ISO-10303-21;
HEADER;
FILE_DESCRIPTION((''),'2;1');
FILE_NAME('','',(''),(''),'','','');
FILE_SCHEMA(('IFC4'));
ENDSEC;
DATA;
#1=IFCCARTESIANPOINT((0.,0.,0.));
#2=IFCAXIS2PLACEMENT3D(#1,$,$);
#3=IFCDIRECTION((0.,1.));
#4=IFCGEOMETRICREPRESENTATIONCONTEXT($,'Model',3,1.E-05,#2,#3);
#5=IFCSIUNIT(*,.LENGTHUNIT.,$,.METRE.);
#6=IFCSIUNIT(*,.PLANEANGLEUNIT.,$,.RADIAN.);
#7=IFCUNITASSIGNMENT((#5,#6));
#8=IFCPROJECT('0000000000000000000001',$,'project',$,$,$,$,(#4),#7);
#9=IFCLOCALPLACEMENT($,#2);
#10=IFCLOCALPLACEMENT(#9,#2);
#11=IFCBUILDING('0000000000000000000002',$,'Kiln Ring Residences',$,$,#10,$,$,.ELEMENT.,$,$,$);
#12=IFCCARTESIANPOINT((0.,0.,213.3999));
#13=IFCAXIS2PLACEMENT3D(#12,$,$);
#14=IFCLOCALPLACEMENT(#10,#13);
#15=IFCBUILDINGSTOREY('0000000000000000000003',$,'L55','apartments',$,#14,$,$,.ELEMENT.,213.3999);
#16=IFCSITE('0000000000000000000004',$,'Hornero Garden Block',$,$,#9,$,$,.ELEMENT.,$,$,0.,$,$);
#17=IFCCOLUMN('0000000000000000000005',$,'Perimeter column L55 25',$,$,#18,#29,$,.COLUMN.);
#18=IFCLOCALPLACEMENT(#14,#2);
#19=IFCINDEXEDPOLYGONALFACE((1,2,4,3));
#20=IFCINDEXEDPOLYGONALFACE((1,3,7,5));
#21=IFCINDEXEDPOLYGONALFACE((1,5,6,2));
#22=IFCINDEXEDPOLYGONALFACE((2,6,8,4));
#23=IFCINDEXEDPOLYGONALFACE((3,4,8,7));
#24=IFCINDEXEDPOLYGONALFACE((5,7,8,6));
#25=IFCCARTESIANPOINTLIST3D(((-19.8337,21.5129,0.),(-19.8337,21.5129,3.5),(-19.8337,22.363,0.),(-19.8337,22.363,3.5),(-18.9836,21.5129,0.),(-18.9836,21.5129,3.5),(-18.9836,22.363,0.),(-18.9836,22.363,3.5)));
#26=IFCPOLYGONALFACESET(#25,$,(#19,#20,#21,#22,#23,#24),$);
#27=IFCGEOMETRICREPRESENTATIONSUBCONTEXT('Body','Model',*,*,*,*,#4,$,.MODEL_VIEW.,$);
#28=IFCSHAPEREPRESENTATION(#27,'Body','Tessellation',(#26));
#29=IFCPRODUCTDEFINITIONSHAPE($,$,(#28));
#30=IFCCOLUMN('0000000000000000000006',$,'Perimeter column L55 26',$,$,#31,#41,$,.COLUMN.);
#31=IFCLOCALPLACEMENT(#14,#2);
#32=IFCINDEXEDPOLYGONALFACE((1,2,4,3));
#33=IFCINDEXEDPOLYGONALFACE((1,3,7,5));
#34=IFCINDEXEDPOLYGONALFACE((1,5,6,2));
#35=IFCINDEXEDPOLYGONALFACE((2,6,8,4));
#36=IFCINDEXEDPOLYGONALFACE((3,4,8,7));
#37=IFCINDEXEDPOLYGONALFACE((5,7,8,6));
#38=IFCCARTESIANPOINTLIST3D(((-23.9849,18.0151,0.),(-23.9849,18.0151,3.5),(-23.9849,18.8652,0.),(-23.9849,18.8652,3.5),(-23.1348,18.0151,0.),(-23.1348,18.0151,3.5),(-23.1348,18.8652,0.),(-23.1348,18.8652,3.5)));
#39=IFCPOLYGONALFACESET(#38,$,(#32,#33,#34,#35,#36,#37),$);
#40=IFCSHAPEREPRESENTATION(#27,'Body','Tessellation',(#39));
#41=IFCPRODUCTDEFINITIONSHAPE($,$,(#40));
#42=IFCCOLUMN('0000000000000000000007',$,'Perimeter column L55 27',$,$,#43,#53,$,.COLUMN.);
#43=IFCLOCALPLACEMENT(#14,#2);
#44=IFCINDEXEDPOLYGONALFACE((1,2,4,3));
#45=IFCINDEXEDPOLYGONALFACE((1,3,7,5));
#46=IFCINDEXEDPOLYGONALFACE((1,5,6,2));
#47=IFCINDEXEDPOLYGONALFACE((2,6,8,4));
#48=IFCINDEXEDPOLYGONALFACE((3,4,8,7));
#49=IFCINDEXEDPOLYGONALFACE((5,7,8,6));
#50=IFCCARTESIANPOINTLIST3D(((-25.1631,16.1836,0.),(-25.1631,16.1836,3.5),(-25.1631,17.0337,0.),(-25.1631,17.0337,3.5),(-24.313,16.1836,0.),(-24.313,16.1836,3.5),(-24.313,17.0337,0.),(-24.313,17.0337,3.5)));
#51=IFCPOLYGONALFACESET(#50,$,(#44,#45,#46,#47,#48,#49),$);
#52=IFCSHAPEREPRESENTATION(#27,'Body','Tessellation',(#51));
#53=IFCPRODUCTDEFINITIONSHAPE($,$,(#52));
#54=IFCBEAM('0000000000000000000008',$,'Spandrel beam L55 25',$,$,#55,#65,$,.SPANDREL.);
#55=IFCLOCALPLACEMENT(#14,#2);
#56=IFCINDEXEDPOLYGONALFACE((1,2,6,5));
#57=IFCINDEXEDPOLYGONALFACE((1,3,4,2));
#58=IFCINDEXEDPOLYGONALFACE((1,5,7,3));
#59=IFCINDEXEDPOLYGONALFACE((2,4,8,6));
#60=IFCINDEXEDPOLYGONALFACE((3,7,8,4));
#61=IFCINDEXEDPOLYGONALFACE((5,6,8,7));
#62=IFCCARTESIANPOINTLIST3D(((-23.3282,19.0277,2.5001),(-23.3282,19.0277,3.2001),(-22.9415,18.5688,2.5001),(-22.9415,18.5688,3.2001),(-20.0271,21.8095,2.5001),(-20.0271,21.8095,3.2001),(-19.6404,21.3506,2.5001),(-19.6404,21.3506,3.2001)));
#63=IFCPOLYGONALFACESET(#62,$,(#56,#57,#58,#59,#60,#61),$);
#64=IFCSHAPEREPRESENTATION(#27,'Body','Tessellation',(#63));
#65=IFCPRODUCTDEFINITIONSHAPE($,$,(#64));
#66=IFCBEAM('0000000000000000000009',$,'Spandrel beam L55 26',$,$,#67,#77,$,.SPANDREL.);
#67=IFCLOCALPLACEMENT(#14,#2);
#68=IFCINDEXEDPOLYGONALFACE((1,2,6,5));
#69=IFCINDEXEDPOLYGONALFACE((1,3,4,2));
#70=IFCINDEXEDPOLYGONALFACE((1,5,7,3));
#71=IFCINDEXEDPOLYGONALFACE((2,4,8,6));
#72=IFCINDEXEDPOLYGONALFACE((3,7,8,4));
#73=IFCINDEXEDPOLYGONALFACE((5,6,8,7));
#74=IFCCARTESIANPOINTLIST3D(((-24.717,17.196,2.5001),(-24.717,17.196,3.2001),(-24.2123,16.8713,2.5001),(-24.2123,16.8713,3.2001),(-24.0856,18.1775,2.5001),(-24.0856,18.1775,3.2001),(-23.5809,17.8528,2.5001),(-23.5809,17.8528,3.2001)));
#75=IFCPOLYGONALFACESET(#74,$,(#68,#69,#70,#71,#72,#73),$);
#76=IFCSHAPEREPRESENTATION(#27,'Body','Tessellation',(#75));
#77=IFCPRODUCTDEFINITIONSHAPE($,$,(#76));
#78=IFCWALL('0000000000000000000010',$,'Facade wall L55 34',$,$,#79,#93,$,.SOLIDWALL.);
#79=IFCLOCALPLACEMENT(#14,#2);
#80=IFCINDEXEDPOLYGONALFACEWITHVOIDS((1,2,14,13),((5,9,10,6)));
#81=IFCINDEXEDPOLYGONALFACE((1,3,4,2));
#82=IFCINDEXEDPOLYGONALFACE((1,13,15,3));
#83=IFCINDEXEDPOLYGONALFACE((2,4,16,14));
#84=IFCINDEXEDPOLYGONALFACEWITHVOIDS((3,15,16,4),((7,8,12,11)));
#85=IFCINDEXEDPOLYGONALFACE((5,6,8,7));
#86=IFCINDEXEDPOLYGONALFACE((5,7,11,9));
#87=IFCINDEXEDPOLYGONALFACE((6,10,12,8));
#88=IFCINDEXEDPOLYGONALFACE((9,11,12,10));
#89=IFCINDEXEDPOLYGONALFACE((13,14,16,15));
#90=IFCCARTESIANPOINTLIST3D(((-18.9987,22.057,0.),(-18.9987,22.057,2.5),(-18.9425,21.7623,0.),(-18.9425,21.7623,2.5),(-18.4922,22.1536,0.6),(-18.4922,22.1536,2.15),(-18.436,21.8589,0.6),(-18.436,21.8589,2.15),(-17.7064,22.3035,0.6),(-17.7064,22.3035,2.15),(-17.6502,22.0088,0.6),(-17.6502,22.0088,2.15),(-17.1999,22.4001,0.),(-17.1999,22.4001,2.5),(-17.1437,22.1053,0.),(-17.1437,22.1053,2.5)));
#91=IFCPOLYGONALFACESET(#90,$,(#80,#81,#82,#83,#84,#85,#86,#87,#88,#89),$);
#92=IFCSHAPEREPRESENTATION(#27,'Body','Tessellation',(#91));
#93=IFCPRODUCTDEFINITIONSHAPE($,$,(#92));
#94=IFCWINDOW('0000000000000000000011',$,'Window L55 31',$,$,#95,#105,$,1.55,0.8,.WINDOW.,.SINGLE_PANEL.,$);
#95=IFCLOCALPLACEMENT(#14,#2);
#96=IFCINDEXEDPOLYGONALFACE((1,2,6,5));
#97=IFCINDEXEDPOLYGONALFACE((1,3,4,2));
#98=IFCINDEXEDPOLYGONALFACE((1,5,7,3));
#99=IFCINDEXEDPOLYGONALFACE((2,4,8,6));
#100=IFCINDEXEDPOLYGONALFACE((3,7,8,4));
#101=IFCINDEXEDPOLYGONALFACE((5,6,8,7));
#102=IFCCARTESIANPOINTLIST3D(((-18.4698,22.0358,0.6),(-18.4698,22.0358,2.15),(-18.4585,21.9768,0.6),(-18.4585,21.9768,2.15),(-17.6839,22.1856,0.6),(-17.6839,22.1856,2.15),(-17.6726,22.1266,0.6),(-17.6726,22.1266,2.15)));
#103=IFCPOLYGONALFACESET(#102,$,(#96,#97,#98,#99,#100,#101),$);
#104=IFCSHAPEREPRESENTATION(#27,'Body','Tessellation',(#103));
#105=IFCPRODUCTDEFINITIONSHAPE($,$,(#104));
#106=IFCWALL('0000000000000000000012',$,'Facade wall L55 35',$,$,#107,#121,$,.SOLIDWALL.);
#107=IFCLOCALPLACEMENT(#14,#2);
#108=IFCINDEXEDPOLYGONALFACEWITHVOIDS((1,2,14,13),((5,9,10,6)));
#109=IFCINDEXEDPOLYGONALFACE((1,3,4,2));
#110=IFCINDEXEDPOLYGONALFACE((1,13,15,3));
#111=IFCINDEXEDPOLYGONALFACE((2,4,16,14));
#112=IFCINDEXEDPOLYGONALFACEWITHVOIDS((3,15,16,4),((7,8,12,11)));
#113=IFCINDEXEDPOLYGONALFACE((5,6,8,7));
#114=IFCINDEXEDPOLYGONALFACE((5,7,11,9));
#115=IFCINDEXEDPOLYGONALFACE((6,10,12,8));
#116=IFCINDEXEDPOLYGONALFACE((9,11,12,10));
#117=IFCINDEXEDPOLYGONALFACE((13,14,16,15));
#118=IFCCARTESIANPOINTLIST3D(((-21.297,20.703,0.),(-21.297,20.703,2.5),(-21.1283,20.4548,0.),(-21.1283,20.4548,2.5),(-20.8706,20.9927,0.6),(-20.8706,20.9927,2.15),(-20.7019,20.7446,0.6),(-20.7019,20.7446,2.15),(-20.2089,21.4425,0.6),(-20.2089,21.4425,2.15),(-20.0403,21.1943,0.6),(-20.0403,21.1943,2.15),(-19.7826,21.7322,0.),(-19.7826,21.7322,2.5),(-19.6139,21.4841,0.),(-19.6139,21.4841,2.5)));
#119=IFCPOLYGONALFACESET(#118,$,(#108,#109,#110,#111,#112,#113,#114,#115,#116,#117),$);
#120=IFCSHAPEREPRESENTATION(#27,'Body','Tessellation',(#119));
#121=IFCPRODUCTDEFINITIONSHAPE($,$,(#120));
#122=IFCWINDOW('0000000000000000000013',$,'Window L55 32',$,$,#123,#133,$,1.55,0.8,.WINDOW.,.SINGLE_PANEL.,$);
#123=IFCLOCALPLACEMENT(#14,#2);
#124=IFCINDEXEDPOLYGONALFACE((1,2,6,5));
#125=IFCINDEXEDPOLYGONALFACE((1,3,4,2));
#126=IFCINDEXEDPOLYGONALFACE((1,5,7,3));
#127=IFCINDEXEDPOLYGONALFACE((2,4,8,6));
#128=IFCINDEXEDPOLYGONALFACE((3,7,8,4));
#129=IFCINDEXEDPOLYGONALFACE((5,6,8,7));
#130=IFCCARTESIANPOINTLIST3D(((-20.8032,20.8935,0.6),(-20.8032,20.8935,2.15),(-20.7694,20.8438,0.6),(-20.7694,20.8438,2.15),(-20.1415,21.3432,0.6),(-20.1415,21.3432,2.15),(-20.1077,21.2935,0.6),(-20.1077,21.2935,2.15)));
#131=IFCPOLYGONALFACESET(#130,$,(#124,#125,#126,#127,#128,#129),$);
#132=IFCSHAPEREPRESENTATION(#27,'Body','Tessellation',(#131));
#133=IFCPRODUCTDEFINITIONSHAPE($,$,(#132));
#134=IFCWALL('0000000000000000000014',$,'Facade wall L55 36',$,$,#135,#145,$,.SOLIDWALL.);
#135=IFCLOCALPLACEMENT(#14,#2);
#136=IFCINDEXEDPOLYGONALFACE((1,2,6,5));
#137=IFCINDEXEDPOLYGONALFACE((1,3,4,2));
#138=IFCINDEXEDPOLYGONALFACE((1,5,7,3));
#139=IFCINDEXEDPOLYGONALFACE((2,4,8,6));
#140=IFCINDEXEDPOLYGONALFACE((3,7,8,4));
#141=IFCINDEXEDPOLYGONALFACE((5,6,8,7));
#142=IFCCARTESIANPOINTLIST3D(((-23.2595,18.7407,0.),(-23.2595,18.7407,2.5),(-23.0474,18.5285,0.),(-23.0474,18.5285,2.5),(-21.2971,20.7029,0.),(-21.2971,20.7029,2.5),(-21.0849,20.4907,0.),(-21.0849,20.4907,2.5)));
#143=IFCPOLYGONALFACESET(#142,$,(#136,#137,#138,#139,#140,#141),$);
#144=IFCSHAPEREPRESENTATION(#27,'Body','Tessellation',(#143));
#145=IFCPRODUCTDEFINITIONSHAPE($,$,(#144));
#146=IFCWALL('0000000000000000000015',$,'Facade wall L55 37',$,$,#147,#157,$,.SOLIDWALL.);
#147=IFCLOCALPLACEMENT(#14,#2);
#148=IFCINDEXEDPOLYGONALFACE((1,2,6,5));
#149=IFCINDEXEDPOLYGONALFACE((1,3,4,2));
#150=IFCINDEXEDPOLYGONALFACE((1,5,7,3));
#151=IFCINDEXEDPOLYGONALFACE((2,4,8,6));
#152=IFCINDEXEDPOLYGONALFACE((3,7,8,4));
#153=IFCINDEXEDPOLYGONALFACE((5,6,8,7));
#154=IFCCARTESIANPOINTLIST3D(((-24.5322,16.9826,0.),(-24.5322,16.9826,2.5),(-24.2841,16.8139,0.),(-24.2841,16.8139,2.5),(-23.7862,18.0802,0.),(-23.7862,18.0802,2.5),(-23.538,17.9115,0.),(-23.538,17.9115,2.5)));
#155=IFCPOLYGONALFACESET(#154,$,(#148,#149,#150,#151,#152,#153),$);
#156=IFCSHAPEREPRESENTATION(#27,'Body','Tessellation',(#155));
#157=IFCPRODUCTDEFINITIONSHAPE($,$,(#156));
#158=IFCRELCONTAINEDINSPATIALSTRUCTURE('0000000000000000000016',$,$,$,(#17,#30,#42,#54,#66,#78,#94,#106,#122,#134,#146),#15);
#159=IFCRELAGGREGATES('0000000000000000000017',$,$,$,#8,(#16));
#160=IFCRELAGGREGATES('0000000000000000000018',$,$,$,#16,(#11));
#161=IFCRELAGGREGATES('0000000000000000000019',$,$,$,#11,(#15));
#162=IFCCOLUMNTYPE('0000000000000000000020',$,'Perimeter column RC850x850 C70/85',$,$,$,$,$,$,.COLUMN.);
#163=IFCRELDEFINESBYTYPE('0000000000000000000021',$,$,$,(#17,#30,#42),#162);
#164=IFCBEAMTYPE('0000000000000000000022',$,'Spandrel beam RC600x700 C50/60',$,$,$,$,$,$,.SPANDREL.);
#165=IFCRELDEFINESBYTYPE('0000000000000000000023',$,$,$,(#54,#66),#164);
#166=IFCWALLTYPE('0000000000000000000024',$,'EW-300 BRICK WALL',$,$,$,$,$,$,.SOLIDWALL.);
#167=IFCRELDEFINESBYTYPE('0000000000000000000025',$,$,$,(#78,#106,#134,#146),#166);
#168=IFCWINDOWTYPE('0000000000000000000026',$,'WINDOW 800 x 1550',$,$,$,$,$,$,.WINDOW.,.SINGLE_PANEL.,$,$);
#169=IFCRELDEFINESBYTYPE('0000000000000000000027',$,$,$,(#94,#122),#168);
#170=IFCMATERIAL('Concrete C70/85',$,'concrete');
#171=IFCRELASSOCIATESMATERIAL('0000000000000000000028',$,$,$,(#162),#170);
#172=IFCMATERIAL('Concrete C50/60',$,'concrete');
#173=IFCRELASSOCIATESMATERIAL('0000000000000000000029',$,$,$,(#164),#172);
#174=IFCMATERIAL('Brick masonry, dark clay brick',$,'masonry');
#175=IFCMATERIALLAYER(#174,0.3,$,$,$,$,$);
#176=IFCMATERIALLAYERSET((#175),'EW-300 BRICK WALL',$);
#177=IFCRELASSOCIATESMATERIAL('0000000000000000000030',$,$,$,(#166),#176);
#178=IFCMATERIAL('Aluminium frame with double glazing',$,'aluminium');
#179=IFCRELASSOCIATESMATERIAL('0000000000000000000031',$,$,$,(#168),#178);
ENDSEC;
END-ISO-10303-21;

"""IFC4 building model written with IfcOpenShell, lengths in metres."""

from ifc_helpers import new_model, si_unit, direction, frame, frame_2d, origin, origin_2d, place, context, subcontext, project, spatial, rectangle, extrude, material, layer, layer_set, material_profile, profile_set, type_object, element, fill, save


model = new_model("IFC4")

# Units and contexts
model_context = context("Model", 3, precision=1e-05, world=origin(), true_north=direction((0.0, 1.0)))
body_context = subcontext(model_context, "Body", "Model", "MODEL_VIEW")
ifc_project = project(units=[si_unit("LENGTHUNIT", "METRE"), si_unit("PLANEANGLEUNIT", "RADIAN")], contexts=[model_context])

# Site, building, storey
site_placement = place(None, origin())
site = spatial("IfcSite", under=ifc_project, at=site_placement, Name="Hornero Garden Block", CompositionType="ELEMENT", RefElevation=0.0)
building_placement = place(site_placement, origin())
building = spatial("IfcBuilding", under=site, at=building_placement, Name="Kiln Ring Residences", CompositionType="ELEMENT")
storey_placement = place(building_placement, frame((0.0, 0.0, 213.3999)))
storey = spatial("IfcBuildingStorey", under=building, at=storey_placement, Name="L55", Description="apartments", CompositionType="ELEMENT", Elevation=213.3999)

# Columns
ifc_material_1 = material(Name="Concrete C70/85", Category="concrete")
ifc_material_profile_1 = material_profile(ifc_material_1, rectangle(XDim=0.8501, YDim=0.8501, at=origin_2d()), Name="RC850x850")
ifc_profile_set_1 = profile_set([ifc_material_profile_1], Name="Concrete C70/85")
column_type = type_object("IfcColumnType", Name="Perimeter column RC850x850 C70/85", PredefinedType="COLUMN", material=ifc_profile_set_1)
for number, where, z_axis, x_axis, name in (
    (1, (-19.4087, 21.938, 0.0), (0.0, 0.0, 1.0), (1.0, 0.0, 0.0), "Perimeter column L55 25"),
    (2, (-23.5598, 18.4402, 0.0), (0.0, 0.0, 1.0), (1.0, 0.0, 0.0), "Perimeter column L55 26"),
    (3, (-24.738, 16.6086, 0.0), (0.0, 0.0, 1.0), (1.0, 0.0, 0.0), "Perimeter column L55 27"),
):
    element("IfcColumn", number, at=place(storey_placement, frame(where, z_axis=z_axis, x_axis=x_axis)), inside=storey, type_object=column_type, Name=name, PredefinedType="COLUMN", context=body_context, shape_type="SweptSolid", body=[
        extrude(rectangle(XDim=0.8501, YDim=0.8501, at=origin_2d()), origin(), (0.0, 0.0, 1.0), 3.5),
    ])

# Beams
ifc_material_2 = material(Name="Concrete C50/60", Category="concrete")
ifc_material_profile_2 = material_profile(ifc_material_2, rectangle(XDim=0.6001, YDim=0.7, at=origin_2d()), Name="RC600x700")
ifc_profile_set_2 = profile_set([ifc_material_profile_2], Name="Concrete C50/60")
beam_type = type_object("IfcBeamType", Name="Spandrel beam RC600x700 C50/60", PredefinedType="SPANDREL", material=ifc_profile_set_2)
beam_1_placement = place(storey_placement, frame((-19.8337, 21.5801, 2.8501), z_axis=(-0.764691, -0.644397, 0.0), x_axis=(0.644397, -0.764691, 0.0)))
element("IfcBeam", 4, at=beam_1_placement, inside=storey, type_object=beam_type, Name="Spandrel beam L55 25", PredefinedType="SPANDREL", context=body_context, shape_type="SweptSolid", body=[
    extrude(rectangle(XDim=0.6001, YDim=0.7, at=origin_2d()), origin(), (0.0, 0.0, 1.0), 4.3169),
])
beam_2_placement = place(storey_placement, frame((-23.8333, 18.0151, 2.8501), z_axis=(-0.541011, -0.841015, 0.0), x_axis=(0.841015, -0.541011, 0.0)))
element("IfcBeam", 5, at=beam_2_placement, inside=storey, type_object=beam_type, Name="Spandrel beam L55 26", PredefinedType="SPANDREL", context=body_context, shape_type="SweptSolid", body=[
    extrude(rectangle(XDim=0.6001, YDim=0.7, at=origin_2d()), origin(), (0.0, 0.0, 1.0), 1.167),
])

# Walls, openings, windows
ifc_material_3 = material(Name="Brick masonry, dark clay brick", Category="masonry")
ifc_layer_1 = layer(ifc_material_3, 0.3)
ifc_layer_set_1 = layer_set([ifc_layer_1], Name="EW-300 BRICK WALL")
wall_type_1 = type_object("IfcWallType", Name="EW-300 BRICK WALL", PredefinedType="SOLIDWALL", material=ifc_layer_set_1)
wall_1_placement = place(storey_placement, frame((-17.1719, 22.2527, 0.0), z_axis=(0.0, 0.0, 1.0), x_axis=(-0.9823, -0.187314, 0.0)))
wall_1 = element("IfcWall", 6, at=wall_1_placement, inside=storey, type_object=wall_type_1, Name="Facade wall L55 34", PredefinedType="SOLIDWALL", context=body_context, shape_type="SweptSolid", body=[
    extrude(rectangle(XDim=1.8313, YDim=0.3, at=frame_2d((0.9155, 0.0))), origin(), (0.0, 0.0, 1.0), 2.5),
])
opening_1_placement = place(wall_1_placement, frame((0.5156, 0.0, 0.6001)))
opening_1 = element("IfcOpeningElement", 7, at=opening_1_placement, cuts=wall_1, PredefinedType="OPENING", context=body_context, shape_type="SweptSolid", body=[
    extrude(rectangle(XDim=0.8, YDim=1.55, at=frame_2d((0.3999, 0.7749))), frame((0.0, 0.1599, 0.0), z_axis=(0.0, -1.0, 0.0), x_axis=(1.0, 0.0, 0.0)), (0.0, 0.0, 1.0), 0.3201),
])
ifc_material_4 = material(Name="Aluminium frame with double glazing", Category="aluminium")
window_type = type_object("IfcWindowType", Name="WINDOW 800 x 1550", PartitioningType="SINGLE_PANEL", PredefinedType="WINDOW", material=ifc_material_4)
window_1_placement = place(opening_1_placement, origin())
window_1 = element("IfcWindow", 8, at=window_1_placement, inside=storey, type_object=window_type, Name="Window L55 31", OverallHeight=1.55, OverallWidth=0.8, PartitioningType="SINGLE_PANEL", PredefinedType="WINDOW", context=body_context, shape_type="SweptSolid", body=[
    extrude(rectangle(XDim=0.8, YDim=1.55, at=frame_2d((0.3999, 0.7749))), frame((0.0, 0.03, 0.0), z_axis=(0.0, -1.0, 0.0), x_axis=(1.0, 0.0, 0.0)), (0.0, 0.0, 1.0), 0.0601),
])
fill(opening_1, window_1)
wall_2_placement = place(storey_placement, frame((-19.6982, 21.6082, 0.0), z_axis=(0.0, 0.0, 1.0), x_axis=(-0.827053, -0.562124, 0.0)))
wall_2 = element("IfcWall", 9, at=wall_2_placement, inside=storey, type_object=wall_type_1, Name="Facade wall L55 35", PredefinedType="SOLIDWALL", context=body_context, shape_type="SweptSolid", body=[
    extrude(rectangle(XDim=1.8311, YDim=0.3, at=frame_2d((0.9155, 0.0))), origin(), (0.0, 0.0, 1.0), 2.5),
])
opening_2_placement = place(wall_2_placement, frame((0.5156, 0.0, 0.6001)))
opening_2 = element("IfcOpeningElement", 10, at=opening_2_placement, cuts=wall_2, PredefinedType="OPENING", context=body_context, shape_type="SweptSolid", body=[
    extrude(rectangle(XDim=0.8, YDim=1.55, at=frame_2d((0.3999, 0.7749))), frame((0.0, 0.1599, 0.0), z_axis=(0.0, -1.0, 0.0), x_axis=(1.0, 0.0, 0.0)), (0.0, 0.0, 1.0), 0.3201),
])
window_2_placement = place(opening_2_placement, origin())
window_2 = element("IfcWindow", 11, at=window_2_placement, inside=storey, type_object=window_type, Name="Window L55 32", OverallHeight=1.55, OverallWidth=0.8, PartitioningType="SINGLE_PANEL", PredefinedType="WINDOW", context=body_context, shape_type="SweptSolid", body=[
    extrude(rectangle(XDim=0.8, YDim=1.55, at=frame_2d((0.3999, 0.7749))), frame((0.0, 0.03, 0.0), z_axis=(0.0, -1.0, 0.0), x_axis=(1.0, 0.0, 0.0)), (0.0, 0.0, 1.0), 0.0601),
])
fill(opening_2, window_2)

# Walls
wall_3_placement = place(storey_placement, frame((-21.1909, 20.5969, 0.0), z_axis=(0.0, 0.0, 1.0), x_axis=(-0.707151, -0.707063, 0.0)))
element("IfcWall", 12, at=wall_3_placement, inside=storey, type_object=wall_type_1, Name="Facade wall L55 36", PredefinedType="SOLIDWALL", context=body_context, shape_type="SweptSolid", body=[
    extrude(rectangle(XDim=2.7751, YDim=0.3, at=frame_2d((1.3877, 0.0))), origin(), (0.0, 0.0, 1.0), 2.5),
])
wall_4_placement = place(storey_placement, frame((-23.6621, 17.9958, 0.0), z_axis=(0.0, 0.0, 1.0), x_axis=(-0.562149, -0.827036, 0.0)))
element("IfcWall", 13, at=wall_4_placement, inside=storey, type_object=wall_type_1, Name="Facade wall L55 37", PredefinedType="SOLIDWALL", context=body_context, shape_type="SweptSolid", body=[
    extrude(rectangle(XDim=1.3271, YDim=0.3, at=frame_2d((0.6636, 0.0))), origin(), (0.0, 0.0, 1.0), 2.5),
])

save(model, "model.ifc")
